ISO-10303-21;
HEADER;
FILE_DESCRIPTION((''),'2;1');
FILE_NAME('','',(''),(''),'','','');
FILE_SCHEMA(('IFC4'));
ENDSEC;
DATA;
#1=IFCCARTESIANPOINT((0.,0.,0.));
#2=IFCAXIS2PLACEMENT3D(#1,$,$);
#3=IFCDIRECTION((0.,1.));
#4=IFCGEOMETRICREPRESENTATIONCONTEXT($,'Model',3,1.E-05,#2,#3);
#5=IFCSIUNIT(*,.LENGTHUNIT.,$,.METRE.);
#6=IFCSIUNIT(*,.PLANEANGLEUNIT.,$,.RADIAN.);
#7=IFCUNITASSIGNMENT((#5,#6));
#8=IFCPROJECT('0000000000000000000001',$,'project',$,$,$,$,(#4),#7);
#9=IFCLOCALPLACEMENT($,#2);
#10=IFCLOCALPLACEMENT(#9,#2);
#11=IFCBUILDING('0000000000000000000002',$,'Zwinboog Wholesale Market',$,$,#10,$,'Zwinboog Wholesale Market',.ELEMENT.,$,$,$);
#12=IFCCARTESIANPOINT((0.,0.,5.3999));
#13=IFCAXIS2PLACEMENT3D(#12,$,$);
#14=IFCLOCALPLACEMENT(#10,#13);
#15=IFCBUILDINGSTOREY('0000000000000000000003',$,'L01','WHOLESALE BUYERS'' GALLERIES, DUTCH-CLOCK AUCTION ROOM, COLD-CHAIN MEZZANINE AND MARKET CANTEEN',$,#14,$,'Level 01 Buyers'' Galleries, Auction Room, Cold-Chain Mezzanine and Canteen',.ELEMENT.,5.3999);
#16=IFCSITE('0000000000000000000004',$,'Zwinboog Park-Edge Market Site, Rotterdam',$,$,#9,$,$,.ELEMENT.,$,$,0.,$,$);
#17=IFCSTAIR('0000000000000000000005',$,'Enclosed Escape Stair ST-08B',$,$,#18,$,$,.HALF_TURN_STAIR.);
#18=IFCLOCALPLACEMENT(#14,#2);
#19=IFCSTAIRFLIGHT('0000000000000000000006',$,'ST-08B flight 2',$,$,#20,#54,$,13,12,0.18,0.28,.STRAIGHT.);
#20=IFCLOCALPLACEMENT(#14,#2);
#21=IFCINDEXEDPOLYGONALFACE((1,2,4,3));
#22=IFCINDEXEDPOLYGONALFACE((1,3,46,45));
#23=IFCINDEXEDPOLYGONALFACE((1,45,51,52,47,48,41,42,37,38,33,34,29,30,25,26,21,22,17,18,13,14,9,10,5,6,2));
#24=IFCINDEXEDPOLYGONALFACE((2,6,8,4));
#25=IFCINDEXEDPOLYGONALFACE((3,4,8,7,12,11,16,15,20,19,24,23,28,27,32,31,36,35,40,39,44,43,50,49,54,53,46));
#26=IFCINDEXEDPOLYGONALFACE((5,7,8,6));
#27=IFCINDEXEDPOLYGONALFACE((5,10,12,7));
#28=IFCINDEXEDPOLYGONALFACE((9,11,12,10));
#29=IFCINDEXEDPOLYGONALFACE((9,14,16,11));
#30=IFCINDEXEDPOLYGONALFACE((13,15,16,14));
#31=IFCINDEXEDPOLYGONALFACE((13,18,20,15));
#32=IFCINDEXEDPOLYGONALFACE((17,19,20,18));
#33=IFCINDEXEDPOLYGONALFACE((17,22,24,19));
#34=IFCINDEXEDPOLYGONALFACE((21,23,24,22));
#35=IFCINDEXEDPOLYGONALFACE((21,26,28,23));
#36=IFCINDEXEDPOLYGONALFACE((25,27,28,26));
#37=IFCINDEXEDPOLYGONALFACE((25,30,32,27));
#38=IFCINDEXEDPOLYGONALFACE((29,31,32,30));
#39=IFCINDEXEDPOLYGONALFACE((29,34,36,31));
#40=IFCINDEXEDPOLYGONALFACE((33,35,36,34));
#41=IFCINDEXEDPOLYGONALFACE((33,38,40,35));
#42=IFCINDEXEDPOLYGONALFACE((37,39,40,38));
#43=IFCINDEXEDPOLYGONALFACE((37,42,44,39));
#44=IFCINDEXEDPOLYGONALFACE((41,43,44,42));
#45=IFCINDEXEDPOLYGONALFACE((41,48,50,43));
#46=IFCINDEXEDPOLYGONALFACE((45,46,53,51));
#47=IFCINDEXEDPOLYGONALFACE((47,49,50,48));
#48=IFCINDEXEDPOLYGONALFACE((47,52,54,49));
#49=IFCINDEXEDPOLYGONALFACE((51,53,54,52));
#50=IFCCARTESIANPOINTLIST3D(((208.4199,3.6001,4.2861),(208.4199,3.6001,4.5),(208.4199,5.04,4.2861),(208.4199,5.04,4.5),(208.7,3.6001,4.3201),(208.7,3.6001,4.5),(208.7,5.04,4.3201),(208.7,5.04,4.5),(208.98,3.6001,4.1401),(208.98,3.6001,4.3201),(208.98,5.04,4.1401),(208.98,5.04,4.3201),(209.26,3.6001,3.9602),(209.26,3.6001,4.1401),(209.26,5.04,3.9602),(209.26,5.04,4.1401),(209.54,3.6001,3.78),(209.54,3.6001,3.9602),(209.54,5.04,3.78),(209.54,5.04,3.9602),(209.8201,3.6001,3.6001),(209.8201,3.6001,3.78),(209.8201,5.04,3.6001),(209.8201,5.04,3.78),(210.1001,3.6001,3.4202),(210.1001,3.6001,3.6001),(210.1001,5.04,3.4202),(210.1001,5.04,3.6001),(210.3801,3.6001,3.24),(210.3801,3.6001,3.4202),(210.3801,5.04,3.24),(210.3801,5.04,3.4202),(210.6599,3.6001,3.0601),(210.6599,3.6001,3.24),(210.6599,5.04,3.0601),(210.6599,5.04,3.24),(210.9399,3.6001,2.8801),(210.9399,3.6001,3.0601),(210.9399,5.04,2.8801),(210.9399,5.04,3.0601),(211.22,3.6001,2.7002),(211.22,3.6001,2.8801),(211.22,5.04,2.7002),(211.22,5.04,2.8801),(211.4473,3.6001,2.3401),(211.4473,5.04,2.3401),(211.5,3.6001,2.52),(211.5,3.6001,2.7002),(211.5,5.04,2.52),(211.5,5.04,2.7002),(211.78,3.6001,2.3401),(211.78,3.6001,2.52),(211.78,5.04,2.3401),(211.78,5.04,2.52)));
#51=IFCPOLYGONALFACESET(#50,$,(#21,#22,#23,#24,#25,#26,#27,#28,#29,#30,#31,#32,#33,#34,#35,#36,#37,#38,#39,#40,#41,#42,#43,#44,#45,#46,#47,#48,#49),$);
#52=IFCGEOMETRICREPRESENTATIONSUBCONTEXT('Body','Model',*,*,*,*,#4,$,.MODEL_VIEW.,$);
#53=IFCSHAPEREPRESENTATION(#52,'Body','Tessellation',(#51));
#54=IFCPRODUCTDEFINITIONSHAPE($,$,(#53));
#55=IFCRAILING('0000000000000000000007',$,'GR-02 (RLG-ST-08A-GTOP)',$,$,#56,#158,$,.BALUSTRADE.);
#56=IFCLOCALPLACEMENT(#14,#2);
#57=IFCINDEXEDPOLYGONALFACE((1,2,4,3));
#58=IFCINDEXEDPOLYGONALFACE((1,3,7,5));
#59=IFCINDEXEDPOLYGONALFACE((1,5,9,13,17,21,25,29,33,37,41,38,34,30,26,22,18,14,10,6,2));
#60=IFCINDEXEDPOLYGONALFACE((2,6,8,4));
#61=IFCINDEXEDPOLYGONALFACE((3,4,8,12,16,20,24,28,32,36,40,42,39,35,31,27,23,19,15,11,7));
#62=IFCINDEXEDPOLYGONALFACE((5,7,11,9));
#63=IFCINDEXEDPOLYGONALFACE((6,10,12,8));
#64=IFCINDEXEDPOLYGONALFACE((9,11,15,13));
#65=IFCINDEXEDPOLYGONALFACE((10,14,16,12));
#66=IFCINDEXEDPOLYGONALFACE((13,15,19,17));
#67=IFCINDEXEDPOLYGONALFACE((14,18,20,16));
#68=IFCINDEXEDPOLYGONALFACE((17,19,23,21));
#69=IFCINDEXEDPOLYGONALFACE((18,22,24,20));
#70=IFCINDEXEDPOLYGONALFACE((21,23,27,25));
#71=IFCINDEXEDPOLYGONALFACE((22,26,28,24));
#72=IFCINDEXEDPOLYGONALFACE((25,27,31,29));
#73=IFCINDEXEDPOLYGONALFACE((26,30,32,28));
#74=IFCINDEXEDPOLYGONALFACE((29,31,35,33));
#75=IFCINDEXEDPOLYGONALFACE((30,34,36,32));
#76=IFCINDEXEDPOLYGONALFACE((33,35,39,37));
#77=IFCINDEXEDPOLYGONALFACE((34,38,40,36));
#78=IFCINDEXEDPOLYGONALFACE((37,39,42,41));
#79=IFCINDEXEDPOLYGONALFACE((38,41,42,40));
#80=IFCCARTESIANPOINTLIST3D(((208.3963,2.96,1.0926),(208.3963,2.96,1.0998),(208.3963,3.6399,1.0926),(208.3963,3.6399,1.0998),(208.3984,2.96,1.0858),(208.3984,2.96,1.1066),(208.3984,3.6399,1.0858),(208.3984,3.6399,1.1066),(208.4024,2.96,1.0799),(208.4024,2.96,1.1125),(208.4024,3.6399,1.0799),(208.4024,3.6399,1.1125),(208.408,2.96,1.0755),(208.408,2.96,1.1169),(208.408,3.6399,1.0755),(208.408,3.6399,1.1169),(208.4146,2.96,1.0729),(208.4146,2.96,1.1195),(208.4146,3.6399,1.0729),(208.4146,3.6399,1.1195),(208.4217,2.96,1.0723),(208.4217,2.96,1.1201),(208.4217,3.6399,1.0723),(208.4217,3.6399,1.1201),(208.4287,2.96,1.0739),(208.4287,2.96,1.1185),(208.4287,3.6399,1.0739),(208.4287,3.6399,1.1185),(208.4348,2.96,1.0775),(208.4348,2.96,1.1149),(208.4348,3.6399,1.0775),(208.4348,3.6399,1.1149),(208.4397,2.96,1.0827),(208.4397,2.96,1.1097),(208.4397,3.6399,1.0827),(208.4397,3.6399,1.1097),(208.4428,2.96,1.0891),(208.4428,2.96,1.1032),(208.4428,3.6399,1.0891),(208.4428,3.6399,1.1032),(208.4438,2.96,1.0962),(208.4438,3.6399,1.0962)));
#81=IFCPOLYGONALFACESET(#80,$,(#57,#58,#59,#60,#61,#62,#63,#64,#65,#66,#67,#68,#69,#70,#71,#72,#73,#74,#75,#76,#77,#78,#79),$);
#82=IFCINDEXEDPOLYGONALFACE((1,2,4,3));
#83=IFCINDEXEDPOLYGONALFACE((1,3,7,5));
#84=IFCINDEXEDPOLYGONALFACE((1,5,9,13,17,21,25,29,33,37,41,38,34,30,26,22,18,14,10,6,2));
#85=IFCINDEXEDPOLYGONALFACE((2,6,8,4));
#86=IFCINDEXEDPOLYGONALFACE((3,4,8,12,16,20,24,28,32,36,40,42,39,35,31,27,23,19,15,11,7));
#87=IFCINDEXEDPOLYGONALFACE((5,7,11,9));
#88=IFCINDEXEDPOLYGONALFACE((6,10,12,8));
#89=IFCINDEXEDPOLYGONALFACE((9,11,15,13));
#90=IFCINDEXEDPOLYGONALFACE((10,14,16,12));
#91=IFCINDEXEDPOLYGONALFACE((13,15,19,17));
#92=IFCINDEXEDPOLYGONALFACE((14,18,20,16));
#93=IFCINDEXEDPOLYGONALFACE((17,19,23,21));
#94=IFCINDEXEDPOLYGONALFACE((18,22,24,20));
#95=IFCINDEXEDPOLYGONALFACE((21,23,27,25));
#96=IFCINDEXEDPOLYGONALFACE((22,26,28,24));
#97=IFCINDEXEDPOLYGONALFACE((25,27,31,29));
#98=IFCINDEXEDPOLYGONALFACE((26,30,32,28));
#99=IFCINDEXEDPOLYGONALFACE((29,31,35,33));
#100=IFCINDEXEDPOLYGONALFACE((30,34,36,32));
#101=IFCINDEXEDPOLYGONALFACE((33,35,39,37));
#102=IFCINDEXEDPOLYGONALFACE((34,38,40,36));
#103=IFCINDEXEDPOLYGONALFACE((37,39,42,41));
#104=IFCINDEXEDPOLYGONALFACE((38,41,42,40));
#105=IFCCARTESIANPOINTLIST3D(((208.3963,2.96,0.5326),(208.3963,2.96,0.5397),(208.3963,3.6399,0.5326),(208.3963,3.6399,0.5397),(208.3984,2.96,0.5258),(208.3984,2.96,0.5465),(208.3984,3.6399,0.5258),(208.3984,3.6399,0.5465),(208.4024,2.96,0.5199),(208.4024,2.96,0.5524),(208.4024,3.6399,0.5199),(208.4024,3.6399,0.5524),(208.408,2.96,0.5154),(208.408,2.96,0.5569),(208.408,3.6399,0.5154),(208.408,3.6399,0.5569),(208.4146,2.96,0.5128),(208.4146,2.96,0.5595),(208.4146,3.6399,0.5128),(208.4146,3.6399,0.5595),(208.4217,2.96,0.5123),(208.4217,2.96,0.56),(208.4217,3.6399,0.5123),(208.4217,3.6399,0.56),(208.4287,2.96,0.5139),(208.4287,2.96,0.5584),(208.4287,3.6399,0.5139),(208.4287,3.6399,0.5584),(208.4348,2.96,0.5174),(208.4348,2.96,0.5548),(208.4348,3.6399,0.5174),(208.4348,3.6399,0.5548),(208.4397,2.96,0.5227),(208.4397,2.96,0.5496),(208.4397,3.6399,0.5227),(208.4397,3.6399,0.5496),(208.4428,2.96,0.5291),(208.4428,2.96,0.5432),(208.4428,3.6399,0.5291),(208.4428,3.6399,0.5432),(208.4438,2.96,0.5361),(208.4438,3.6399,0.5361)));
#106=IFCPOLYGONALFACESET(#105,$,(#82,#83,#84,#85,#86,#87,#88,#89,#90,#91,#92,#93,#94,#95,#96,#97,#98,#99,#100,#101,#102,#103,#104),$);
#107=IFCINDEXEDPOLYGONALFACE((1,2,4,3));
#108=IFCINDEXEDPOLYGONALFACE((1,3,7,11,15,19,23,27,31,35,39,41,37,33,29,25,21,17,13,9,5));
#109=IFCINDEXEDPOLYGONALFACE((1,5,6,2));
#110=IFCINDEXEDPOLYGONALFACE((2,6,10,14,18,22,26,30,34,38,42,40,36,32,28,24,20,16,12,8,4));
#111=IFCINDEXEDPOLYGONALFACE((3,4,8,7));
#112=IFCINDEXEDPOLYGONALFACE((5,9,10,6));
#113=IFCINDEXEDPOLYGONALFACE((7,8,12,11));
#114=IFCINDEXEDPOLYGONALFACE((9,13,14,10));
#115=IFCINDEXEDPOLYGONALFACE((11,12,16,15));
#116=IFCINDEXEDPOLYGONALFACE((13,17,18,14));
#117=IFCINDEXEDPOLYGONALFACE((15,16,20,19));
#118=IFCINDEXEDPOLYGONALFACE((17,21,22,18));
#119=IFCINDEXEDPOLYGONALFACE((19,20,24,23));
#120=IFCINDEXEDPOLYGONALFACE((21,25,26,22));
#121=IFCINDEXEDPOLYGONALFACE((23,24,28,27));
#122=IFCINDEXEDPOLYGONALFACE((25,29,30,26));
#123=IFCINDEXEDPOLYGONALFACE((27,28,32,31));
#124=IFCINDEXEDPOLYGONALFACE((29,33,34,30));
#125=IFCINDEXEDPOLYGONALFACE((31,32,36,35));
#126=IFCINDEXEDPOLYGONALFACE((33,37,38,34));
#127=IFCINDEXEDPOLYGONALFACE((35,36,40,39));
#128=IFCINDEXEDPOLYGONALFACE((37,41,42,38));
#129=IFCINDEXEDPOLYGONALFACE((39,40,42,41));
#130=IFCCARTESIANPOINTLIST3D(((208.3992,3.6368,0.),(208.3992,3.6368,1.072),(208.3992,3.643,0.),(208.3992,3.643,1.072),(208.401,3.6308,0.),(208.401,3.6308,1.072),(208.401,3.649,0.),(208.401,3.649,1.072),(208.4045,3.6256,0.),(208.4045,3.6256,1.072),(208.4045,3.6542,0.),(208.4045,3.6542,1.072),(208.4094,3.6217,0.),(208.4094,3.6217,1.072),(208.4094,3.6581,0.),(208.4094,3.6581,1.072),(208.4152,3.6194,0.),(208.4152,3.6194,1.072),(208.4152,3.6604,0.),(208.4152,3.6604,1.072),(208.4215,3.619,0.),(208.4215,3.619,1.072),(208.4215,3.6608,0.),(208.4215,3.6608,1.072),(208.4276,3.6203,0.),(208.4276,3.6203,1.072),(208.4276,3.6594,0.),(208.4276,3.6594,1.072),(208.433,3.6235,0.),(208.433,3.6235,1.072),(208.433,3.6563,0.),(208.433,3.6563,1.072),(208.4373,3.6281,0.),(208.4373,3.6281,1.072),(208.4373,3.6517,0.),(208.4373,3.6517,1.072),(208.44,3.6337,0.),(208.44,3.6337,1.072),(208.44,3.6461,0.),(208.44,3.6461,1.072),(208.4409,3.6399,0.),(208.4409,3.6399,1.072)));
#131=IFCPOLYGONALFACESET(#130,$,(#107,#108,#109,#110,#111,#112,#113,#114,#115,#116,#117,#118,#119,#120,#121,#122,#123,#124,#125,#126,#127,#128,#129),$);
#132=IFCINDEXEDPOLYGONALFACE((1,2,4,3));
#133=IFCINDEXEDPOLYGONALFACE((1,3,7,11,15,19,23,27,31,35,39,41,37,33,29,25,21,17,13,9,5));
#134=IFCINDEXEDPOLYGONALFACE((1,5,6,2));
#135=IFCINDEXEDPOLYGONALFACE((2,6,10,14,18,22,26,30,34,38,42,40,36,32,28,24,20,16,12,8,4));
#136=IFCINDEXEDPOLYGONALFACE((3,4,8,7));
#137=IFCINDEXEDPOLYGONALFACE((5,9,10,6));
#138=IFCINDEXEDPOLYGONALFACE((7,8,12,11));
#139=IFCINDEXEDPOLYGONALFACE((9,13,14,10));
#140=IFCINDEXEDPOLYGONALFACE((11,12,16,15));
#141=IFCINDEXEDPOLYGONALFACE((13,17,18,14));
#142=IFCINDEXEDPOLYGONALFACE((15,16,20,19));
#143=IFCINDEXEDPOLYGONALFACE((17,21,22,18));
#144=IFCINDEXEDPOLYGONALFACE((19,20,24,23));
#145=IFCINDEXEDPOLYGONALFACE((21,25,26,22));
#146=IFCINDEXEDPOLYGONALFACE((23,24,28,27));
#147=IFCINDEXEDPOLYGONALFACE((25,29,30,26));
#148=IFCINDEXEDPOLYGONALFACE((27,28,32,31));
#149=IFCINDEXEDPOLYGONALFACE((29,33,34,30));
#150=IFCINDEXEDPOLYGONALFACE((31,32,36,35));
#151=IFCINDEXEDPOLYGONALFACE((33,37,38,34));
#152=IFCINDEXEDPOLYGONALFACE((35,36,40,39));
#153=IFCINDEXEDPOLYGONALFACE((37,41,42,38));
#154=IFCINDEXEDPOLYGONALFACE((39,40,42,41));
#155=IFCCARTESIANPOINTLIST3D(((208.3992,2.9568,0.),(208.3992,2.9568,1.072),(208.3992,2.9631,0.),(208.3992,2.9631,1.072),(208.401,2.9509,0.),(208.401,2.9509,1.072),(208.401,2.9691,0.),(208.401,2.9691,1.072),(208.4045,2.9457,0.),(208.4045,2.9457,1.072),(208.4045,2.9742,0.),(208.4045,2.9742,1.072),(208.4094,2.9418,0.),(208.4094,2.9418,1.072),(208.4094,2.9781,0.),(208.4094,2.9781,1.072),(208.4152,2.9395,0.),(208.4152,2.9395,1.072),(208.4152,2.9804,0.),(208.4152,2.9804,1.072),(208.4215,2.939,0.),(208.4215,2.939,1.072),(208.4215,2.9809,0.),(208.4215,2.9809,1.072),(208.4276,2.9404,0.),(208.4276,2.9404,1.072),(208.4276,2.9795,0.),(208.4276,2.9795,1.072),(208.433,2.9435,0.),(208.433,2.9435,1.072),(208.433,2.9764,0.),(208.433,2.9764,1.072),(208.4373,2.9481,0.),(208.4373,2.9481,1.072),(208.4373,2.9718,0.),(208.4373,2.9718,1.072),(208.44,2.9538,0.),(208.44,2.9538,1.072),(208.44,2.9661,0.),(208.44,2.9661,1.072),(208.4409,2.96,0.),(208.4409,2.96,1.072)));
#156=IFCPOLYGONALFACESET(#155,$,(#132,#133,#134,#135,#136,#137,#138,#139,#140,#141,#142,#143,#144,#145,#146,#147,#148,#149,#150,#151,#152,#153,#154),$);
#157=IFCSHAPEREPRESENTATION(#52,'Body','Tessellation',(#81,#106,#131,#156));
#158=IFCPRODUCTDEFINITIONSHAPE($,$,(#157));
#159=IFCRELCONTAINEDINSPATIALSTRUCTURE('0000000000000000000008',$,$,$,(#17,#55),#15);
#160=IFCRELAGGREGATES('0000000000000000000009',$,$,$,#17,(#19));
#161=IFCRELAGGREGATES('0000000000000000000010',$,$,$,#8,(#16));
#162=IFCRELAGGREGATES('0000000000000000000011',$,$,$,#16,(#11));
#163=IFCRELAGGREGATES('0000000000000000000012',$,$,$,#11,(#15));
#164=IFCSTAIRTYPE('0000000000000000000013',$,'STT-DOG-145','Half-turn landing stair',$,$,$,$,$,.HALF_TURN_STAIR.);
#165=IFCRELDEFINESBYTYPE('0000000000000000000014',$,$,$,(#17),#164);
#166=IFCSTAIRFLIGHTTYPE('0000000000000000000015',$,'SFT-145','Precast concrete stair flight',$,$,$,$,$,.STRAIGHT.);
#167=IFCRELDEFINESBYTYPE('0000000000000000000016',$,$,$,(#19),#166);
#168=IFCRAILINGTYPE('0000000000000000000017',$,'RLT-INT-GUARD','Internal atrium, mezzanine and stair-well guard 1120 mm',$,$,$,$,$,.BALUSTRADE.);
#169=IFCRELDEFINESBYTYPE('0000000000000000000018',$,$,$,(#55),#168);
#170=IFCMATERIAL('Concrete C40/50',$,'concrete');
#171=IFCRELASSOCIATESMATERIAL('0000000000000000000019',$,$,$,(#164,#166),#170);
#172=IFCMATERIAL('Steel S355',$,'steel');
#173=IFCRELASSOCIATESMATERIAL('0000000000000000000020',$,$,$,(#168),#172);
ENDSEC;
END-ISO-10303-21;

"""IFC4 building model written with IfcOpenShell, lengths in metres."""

from ifc_helpers import new_model, si_unit, direction, frame, origin, origin_2d, place, context, subcontext, project, spatial, polyline, circle, outline, extrude, material, type_object, element, aggregate, save


model = new_model("IFC4")

# Units and contexts
model_context = context("Model", 3, precision=1e-05, world=origin(), true_north=direction((0.0, 1.0)))
body_context = subcontext(model_context, "Body", "Model", "MODEL_VIEW")
ifc_project = project(units=[si_unit("LENGTHUNIT", "METRE"), si_unit("PLANEANGLEUNIT", "RADIAN")], contexts=[model_context])

# Site, building, storey
site_placement = place(None, origin())
site = spatial("IfcSite", under=ifc_project, at=site_placement, Name="Zwinboog Park-Edge Market Site, Rotterdam", CompositionType="ELEMENT", RefElevation=0.0)
building_placement = place(site_placement, origin())
building = spatial("IfcBuilding", under=site, at=building_placement, Name="Zwinboog Wholesale Market", LongName="Zwinboog Wholesale Market", CompositionType="ELEMENT")
storey_placement = place(building_placement, frame((0.0, 0.0, 5.3999)))
storey = spatial("IfcBuildingStorey", under=building, at=storey_placement, Name="L01", Description="WHOLESALE BUYERS' GALLERIES, DUTCH-CLOCK AUCTION ROOM, COLD-CHAIN MEZZANINE AND MARKET CANTEEN", LongName="Level 01 Buyers' Galleries, Auction Room, Cold-Chain Mezzanine and Canteen", CompositionType="ELEMENT", Elevation=5.3999)

# Shared definitions
ifc_material_1 = material(Name="Steel S355", Category="steel")

# Shared definitions
ifc_material_2 = material(Name="Concrete C40/50", Category="concrete")

# Stair, stair flight
stair_type = type_object("IfcStairType", Name="STT-DOG-145", Description="Half-turn landing stair", PredefinedType="HALF_TURN_STAIR", material=ifc_material_2)
stair_placement = place(storey_placement, origin())
stair = element("IfcStair", 1, at=stair_placement, inside=storey, type_object=stair_type, Name="Enclosed Escape Stair ST-08B", PredefinedType="HALF_TURN_STAIR")
stair_flight_type = type_object("IfcStairFlightType", Name="SFT-145", Description="Precast concrete stair flight", PredefinedType="STRAIGHT", material=ifc_material_2)
stair_flight_1_placement = place(storey_placement, frame((211.78, 4.3201, 2.3401), z_axis=(0.0, 0.0, 1.0), x_axis=(-1.0, 0.0, 0.0)))
stair_flight_1 = element("IfcStairFlight", 2, at=stair_flight_1_placement, type_object=stair_flight_type, Name="ST-08B flight 2", NumberOfRisers=13, NumberOfTreads=12, PredefinedType="STRAIGHT", RiserHeight=0.18, TreadLength=0.28, context=body_context, shape_type="SweptSolid", body=[
    extrude(outline(polyline([(0.0, 0.0), (0.0, 0.1799), (0.28, 0.1799), (0.28, 0.3601), (0.5601, 0.3601), (0.5601, 0.54), (0.8401, 0.54), (0.8401, 0.72), (1.1201, 0.72), (1.1201, 0.8999), (1.3999, 0.8999), (1.3999, 1.0801), (1.6799, 1.0801), (1.6799, 1.26), (1.96, 1.26), (1.96, 1.4399), (2.24, 1.4399), (2.24, 1.6201), (2.52, 1.6201), (2.52, 1.8), (2.8, 1.8), (2.8, 1.98), (3.0801, 1.98), (3.0801, 2.1599), (3.3601, 2.1599), (3.3601, 2.3401), (3.3601, 1.946), (0.3328, 0.0), (0.0, 0.0)])), frame((0.0, 0.72, 0.0), z_axis=(0.0, -1.0, 0.0), x_axis=(1.0, 0.0, 0.0)), (0.0, 0.0, 1.0), 1.4399),
])
aggregate(stair, [stair_flight_1])

# Railing
railing_type_1 = type_object("IfcRailingType", Name="RLT-INT-GUARD", Description="Internal atrium, mezzanine and stair-well guard 1120 mm", PredefinedType="BALUSTRADE", material=ifc_material_1)
railing_1_placement = place(storey_placement, frame((208.4199, 3.6399, 0.0)))
element("IfcRailing", 3, at=railing_1_placement, inside=storey, type_object=railing_type_1, Name="GR-02 (RLG-ST-08A-GTOP)", PredefinedType="BALUSTRADE", context=body_context, shape_type="SweptSolid", body=[
    extrude(circle(Radius=0.0239, at=origin_2d()), frame((0.0, 0.0, 1.0962), z_axis=(0.0, -1.0, 0.0), x_axis=(1.0, 0.0, 0.0)), (0.0, 0.0, 1.0), 0.6799),
    extrude(circle(Radius=0.0239, at=origin_2d()), frame((0.0, 0.0, 0.5361), z_axis=(0.0, -1.0, 0.0), x_axis=(1.0, 0.0, 0.0)), (0.0, 0.0, 1.0), 0.6799),
    extrude(circle(Radius=0.021, at=origin_2d()), origin(), (0.0, 0.0, 1.0), 1.072),
    extrude(circle(Radius=0.021, at=origin_2d()), frame((0.0, -0.6799, 0.0)), (0.0, 0.0, 1.0), 1.072),
])

save(model, "model.ifc")
